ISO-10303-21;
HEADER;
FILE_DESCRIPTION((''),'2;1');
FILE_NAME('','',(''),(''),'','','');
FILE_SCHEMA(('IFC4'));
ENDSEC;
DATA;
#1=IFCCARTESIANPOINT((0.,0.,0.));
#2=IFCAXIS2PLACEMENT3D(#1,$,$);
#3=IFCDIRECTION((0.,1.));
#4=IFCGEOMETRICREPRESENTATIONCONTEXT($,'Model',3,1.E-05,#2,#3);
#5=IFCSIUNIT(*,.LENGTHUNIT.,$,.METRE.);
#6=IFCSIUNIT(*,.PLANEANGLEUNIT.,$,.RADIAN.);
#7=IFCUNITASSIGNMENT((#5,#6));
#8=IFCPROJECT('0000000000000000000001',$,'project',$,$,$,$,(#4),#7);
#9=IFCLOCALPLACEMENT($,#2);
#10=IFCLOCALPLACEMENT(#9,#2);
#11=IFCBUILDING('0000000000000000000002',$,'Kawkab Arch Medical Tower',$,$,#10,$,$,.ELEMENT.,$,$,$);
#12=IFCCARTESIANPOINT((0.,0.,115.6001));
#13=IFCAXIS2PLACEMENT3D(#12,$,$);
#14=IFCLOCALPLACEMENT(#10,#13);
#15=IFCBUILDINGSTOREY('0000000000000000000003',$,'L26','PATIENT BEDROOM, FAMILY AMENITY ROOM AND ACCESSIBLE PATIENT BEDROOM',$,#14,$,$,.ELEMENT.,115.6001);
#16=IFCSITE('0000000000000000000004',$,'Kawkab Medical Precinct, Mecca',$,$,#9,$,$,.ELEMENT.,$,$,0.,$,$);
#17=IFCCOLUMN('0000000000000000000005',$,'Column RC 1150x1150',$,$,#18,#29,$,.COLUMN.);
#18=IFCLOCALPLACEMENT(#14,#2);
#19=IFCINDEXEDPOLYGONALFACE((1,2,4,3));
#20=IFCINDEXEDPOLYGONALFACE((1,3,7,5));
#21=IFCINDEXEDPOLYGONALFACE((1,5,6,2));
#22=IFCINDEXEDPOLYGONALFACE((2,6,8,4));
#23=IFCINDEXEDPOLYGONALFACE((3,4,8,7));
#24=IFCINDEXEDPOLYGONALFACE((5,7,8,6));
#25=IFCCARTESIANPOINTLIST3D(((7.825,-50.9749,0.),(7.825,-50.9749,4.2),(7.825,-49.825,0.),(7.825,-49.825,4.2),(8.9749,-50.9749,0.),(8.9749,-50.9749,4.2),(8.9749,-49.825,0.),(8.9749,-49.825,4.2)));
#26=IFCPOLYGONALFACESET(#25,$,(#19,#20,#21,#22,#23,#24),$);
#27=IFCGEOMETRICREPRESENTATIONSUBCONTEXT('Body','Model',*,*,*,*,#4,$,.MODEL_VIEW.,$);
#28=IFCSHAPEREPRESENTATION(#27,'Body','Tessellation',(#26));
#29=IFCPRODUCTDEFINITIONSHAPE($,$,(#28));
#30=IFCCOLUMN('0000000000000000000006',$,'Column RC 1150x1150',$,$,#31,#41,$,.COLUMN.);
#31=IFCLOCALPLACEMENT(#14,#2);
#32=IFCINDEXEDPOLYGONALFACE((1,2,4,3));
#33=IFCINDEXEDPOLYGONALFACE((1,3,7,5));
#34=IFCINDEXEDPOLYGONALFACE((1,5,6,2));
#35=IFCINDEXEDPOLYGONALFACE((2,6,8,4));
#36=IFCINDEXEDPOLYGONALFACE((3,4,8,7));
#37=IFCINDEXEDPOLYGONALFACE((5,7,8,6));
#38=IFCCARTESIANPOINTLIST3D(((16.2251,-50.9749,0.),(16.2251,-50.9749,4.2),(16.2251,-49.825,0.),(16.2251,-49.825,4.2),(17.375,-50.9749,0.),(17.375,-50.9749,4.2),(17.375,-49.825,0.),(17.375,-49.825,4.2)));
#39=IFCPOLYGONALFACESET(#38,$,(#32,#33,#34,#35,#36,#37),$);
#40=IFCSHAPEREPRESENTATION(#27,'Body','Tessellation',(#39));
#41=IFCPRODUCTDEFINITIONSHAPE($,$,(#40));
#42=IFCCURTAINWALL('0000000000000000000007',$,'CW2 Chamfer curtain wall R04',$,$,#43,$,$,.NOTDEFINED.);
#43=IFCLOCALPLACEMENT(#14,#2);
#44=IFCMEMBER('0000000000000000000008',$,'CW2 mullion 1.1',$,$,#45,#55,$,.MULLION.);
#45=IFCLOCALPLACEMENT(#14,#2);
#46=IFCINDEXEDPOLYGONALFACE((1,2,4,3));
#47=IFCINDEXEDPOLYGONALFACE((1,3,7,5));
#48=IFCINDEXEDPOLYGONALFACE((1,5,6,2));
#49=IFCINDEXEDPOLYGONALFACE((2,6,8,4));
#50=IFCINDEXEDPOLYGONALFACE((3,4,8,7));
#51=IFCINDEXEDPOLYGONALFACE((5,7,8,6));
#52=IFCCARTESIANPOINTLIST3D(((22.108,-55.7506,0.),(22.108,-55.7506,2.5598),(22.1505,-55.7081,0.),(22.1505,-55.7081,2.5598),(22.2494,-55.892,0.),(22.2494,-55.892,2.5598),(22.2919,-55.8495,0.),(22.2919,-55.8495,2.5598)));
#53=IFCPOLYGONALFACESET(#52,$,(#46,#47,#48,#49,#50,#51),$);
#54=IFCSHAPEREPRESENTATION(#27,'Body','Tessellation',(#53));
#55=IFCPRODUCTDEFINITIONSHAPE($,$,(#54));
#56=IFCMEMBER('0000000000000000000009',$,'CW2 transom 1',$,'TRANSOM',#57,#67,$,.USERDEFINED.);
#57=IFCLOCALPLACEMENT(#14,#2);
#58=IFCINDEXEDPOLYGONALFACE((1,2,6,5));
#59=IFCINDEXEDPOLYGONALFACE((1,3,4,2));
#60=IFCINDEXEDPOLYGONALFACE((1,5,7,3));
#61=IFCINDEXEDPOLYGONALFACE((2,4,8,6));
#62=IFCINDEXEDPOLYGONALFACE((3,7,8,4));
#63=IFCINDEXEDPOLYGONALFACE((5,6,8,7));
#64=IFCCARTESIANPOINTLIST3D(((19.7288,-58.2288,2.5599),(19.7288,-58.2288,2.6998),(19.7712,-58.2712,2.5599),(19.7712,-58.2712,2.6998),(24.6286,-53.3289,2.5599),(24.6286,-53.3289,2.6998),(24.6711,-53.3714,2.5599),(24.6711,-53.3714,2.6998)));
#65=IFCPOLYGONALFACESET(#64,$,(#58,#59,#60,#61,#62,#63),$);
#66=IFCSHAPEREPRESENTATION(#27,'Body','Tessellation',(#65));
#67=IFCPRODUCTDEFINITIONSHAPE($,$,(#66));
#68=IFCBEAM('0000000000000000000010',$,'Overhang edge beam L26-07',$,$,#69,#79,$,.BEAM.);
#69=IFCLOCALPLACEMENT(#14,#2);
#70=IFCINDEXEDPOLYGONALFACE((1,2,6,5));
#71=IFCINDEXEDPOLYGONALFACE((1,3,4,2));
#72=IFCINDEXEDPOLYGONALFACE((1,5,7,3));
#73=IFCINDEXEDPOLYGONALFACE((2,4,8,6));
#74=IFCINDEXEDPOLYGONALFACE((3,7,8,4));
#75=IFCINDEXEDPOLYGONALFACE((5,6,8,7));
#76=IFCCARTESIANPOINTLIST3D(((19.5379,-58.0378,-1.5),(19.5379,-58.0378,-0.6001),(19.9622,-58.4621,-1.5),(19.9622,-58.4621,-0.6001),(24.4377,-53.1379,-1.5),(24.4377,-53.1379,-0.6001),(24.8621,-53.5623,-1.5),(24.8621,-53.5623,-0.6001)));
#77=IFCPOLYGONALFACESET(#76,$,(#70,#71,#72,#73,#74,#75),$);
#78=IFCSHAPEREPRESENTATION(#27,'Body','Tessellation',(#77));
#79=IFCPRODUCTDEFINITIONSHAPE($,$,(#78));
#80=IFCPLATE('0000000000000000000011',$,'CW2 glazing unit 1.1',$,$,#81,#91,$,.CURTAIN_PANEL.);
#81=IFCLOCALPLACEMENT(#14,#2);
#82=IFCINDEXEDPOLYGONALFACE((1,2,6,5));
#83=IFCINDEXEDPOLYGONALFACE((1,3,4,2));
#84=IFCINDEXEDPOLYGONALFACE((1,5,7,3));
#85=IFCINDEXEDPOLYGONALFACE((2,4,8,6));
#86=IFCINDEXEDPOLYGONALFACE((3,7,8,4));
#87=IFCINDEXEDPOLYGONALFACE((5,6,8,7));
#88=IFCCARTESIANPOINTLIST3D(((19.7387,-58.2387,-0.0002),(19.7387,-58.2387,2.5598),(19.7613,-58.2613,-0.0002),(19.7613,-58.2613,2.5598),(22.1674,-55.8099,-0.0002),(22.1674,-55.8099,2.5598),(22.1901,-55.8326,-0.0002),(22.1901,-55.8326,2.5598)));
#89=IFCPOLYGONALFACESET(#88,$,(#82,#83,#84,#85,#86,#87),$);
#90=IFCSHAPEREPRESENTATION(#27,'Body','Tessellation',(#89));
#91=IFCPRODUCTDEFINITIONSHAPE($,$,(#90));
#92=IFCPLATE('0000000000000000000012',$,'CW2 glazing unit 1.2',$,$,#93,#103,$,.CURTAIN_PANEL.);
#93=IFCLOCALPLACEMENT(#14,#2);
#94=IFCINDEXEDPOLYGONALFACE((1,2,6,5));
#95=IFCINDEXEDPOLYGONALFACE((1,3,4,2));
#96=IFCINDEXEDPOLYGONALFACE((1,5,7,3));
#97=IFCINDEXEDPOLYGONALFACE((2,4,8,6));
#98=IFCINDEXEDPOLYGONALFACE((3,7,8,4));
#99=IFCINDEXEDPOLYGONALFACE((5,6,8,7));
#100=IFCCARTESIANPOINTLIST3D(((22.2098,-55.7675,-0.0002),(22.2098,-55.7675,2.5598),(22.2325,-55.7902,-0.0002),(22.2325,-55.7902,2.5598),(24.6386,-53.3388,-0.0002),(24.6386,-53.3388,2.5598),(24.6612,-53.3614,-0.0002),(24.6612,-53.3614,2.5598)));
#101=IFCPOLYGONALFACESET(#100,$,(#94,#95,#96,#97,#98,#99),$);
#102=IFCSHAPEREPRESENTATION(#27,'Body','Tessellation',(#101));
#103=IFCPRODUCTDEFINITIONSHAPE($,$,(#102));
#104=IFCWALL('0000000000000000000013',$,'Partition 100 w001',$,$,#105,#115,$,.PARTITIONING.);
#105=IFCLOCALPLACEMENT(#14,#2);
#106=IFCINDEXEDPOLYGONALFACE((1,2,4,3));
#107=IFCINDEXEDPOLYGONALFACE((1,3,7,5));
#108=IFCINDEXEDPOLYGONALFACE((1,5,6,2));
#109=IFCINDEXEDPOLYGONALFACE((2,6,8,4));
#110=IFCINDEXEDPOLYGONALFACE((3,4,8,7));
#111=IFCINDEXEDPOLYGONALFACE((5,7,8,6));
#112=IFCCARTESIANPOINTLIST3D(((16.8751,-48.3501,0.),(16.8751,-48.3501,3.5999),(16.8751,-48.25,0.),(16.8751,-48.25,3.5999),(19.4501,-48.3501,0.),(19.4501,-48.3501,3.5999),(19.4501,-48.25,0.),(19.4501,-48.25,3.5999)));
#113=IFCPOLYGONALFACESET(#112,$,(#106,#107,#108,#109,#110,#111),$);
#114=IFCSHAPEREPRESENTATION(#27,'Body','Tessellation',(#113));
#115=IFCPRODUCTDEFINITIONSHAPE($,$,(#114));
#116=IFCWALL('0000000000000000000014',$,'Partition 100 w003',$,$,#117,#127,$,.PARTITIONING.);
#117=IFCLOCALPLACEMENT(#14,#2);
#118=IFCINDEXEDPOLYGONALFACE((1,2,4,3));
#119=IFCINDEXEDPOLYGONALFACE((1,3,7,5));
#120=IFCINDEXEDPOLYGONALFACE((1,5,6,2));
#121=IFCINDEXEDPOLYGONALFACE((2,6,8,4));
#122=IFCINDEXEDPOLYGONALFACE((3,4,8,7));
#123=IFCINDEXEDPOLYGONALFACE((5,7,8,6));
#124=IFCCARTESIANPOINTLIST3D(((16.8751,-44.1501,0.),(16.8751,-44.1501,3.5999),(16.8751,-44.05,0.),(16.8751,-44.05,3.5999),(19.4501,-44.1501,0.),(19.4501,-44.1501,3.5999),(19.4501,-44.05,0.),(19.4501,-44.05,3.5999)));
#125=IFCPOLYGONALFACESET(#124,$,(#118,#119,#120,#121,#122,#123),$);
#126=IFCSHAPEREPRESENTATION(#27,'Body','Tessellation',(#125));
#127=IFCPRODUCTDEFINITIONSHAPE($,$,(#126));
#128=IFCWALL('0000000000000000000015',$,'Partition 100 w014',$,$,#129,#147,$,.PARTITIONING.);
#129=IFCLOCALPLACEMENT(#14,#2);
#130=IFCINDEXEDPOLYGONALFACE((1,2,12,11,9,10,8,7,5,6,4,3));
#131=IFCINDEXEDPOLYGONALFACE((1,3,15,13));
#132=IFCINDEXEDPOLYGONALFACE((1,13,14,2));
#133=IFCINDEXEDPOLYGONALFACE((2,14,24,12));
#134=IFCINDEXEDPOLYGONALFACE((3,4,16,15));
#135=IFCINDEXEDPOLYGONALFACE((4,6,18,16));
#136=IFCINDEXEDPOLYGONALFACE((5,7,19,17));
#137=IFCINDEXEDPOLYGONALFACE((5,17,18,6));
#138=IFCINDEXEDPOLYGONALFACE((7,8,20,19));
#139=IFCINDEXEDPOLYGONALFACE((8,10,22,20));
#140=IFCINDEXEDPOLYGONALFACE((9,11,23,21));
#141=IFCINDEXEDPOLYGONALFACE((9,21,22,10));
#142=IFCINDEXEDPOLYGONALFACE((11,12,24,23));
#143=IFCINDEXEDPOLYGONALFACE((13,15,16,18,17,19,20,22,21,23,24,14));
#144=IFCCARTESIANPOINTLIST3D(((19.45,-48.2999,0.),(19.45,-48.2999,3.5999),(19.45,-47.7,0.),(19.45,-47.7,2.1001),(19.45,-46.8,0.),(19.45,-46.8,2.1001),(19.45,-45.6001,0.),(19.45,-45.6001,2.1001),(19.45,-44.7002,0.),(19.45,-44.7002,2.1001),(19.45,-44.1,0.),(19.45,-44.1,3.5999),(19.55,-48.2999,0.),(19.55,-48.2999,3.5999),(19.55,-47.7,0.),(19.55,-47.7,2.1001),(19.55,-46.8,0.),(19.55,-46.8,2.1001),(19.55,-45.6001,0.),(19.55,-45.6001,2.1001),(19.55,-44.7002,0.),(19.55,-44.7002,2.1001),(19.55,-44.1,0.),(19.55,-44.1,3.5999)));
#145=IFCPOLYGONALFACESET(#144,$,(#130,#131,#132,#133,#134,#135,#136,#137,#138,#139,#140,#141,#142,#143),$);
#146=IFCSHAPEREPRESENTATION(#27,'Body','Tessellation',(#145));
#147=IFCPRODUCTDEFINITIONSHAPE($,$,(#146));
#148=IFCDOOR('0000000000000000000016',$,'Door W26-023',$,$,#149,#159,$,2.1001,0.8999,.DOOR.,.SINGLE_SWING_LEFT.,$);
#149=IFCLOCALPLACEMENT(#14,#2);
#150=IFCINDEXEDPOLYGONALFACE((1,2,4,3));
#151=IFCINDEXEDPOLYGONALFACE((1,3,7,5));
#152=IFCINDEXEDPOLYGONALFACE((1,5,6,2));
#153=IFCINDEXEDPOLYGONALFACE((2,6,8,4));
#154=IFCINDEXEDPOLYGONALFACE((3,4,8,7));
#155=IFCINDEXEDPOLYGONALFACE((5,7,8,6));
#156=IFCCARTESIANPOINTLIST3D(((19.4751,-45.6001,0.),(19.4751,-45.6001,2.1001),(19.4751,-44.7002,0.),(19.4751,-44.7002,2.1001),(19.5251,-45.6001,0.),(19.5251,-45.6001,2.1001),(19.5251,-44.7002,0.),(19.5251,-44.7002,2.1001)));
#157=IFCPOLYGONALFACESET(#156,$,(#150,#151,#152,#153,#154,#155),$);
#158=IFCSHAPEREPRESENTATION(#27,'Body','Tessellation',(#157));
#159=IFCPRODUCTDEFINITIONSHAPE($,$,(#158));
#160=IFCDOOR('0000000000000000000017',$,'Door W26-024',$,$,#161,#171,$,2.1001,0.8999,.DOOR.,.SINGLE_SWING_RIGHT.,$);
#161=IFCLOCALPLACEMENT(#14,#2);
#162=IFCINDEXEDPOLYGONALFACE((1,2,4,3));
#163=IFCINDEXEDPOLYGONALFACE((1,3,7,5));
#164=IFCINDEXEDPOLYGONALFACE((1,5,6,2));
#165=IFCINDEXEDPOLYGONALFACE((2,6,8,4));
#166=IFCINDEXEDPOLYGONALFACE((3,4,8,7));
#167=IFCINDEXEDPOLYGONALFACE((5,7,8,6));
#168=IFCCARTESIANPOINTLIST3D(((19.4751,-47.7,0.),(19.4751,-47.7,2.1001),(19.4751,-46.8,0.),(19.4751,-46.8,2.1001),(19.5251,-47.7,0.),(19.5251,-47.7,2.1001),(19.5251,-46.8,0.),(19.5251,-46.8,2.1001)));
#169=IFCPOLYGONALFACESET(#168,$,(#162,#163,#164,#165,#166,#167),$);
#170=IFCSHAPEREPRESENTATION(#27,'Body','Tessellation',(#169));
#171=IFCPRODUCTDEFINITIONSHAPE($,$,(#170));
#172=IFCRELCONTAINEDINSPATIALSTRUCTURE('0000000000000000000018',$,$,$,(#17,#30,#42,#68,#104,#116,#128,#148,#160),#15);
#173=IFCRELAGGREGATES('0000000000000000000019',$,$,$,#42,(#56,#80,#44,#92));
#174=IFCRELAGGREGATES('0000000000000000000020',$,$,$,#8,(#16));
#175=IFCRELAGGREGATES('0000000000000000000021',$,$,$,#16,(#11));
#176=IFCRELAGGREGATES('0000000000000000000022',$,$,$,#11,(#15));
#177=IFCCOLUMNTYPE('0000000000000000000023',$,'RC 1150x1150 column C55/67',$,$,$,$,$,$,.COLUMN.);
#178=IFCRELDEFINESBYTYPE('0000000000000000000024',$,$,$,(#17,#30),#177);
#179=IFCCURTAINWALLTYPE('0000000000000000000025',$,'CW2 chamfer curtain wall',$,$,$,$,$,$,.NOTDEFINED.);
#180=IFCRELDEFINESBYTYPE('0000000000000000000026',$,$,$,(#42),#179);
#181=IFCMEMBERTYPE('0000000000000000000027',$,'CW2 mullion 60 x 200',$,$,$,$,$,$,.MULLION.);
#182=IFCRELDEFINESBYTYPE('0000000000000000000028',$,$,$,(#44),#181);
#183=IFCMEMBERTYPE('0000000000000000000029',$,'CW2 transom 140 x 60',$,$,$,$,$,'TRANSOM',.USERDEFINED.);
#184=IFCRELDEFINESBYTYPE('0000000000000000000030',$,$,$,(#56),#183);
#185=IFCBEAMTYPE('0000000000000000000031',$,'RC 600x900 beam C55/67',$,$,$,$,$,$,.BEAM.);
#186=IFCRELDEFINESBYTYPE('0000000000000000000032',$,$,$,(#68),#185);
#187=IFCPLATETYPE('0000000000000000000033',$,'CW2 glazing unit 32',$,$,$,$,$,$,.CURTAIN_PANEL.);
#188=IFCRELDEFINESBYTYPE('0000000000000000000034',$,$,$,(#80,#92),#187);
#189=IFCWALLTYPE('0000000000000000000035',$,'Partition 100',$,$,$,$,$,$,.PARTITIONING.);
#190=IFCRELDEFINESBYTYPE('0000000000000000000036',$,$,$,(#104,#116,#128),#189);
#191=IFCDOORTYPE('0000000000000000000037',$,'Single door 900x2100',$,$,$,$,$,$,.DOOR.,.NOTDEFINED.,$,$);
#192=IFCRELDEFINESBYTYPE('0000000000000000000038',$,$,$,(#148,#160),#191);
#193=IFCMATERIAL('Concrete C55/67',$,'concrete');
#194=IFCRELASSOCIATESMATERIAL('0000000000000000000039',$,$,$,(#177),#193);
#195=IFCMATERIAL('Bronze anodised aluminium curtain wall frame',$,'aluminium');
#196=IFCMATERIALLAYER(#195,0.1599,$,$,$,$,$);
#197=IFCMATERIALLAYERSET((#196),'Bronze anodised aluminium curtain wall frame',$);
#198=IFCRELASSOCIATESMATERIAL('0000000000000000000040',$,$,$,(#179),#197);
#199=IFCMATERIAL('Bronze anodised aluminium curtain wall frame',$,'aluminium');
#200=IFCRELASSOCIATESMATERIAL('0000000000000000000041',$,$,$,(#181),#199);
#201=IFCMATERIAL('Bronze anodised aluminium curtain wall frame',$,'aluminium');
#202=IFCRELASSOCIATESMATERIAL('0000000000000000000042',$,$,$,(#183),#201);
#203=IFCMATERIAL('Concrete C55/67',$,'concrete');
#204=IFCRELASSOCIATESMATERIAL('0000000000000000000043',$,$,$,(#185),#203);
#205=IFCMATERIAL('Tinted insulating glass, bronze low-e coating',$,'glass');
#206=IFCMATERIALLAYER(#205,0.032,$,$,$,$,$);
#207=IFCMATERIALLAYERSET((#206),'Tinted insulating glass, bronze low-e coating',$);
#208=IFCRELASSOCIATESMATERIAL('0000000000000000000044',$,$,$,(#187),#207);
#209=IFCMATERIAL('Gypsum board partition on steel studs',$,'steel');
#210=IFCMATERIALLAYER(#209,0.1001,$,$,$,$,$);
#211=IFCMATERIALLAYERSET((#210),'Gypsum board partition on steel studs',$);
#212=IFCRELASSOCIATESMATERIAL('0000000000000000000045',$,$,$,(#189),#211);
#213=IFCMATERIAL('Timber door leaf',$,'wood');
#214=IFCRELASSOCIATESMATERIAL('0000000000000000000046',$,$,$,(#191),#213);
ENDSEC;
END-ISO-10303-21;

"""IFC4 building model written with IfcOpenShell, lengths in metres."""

from ifc_helpers import new_model, si_unit, direction, frame, frame_2d, origin, origin_2d, place, context, subcontext, project, spatial, rectangle, extrude, material, layer, layer_set, material_profile, profile_set, type_object, element, fill, aggregate, save


model = new_model("IFC4")

# Units and contexts
model_context = context("Model", 3, precision=1e-05, world=origin(), true_north=direction((0.0, 1.0)))
body_context = subcontext(model_context, "Body", "Model", "MODEL_VIEW")
ifc_project = project(units=[si_unit("LENGTHUNIT", "METRE"), si_unit("PLANEANGLEUNIT", "RADIAN")], contexts=[model_context])

# Site, building, storey
site_placement = place(None, origin())
site = spatial("IfcSite", under=ifc_project, at=site_placement, Name="Kawkab Medical Precinct, Mecca", CompositionType="ELEMENT", RefElevation=0.0)
building_placement = place(site_placement, origin())
building = spatial("IfcBuilding", under=site, at=building_placement, Name="Kawkab Arch Medical Tower", CompositionType="ELEMENT")
storey_placement = place(building_placement, frame((0.0, 0.0, 115.6001)))
storey = spatial("IfcBuildingStorey", under=building, at=storey_placement, Name="L26", Description="PATIENT BEDROOM, FAMILY AMENITY ROOM AND ACCESSIBLE PATIENT BEDROOM", CompositionType="ELEMENT", Elevation=115.6001)

# Columns
ifc_material_1 = material(Name="Concrete C55/67", Category="concrete")
ifc_material_profile_1 = material_profile(ifc_material_1, rectangle(XDim=1.1499, YDim=1.1499, at=origin_2d()), Name="RC 1150x1150")
ifc_profile_set_1 = profile_set([ifc_material_profile_1], Name="Concrete C55/67")
column_type = type_object("IfcColumnType", Name="RC 1150x1150 column C55/67", PredefinedType="COLUMN", material=ifc_profile_set_1)
for number, where, z_axis, x_axis, name in (
    (1, (8.3999, -50.3999, 0.0), (0.0, 0.0, 1.0), (1.0, 0.0, 0.0), "Column RC 1150x1150"),
    (2, (16.8, -50.3999, 0.0), (0.0, 0.0, 1.0), (1.0, 0.0, 0.0), "Column RC 1150x1150"),
):
    element("IfcColumn", number, at=place(storey_placement, frame(where, z_axis=z_axis, x_axis=x_axis)), inside=storey, type_object=column_type, Name=name, PredefinedType="COLUMN", context=body_context, shape_type="SweptSolid", body=[
        extrude(rectangle(XDim=1.1499, YDim=1.1499, at=origin_2d()), origin(), (0.0, 0.0, 1.0), 4.2),
    ])

# Curtain wall, members
ifc_material_2 = material(Name="Bronze anodised aluminium curtain wall frame", Category="aluminium")
ifc_layer_1 = layer(ifc_material_2, 0.1599)
ifc_layer_set_1 = layer_set([ifc_layer_1], Name="Bronze anodised aluminium curtain wall frame")
curtain_wall_type = type_object("IfcCurtainWallType", Name="CW2 chamfer curtain wall", PredefinedType="NOTDEFINED", material=ifc_layer_set_1)
curtain_wall_placement = place(storey_placement, origin())
curtain_wall = element("IfcCurtainWall", 3, at=curtain_wall_placement, inside=storey, type_object=curtain_wall_type, Name="CW2 Chamfer curtain wall R04", PredefinedType="NOTDEFINED")
ifc_material_3 = material(Name="Bronze anodised aluminium curtain wall frame", Category="aluminium")
ifc_material_profile_2 = material_profile(ifc_material_3, rectangle(XDim=0.2, YDim=0.0601, at=origin_2d()), Name="AL 60x200")
ifc_profile_set_2 = profile_set([ifc_material_profile_2], Name="Bronze anodised aluminium curtain wall frame")
member_type_1 = type_object("IfcMemberType", Name="CW2 mullion 60 x 200", PredefinedType="MULLION", material=ifc_profile_set_2)
member_1_placement = place(storey_placement, frame((22.2, -55.8, 0.0), z_axis=(0.0, 0.0, 1.0), x_axis=(-0.707107, 0.707107, 0.0)))
member_1 = element("IfcMember", 4, at=member_1_placement, type_object=member_type_1, Name="CW2 mullion 1.1", PredefinedType="MULLION", context=body_context, shape_type="SweptSolid", body=[
    extrude(rectangle(XDim=0.2, YDim=0.0601, at=origin_2d()), origin(), (0.0, 0.0, 1.0), 2.5598),
])
ifc_material_4 = material(Name="Bronze anodised aluminium curtain wall frame", Category="aluminium")
ifc_material_profile_3 = material_profile(ifc_material_4, rectangle(XDim=0.0601, YDim=0.1399, at=origin_2d()), Name="AL 60x140")
ifc_profile_set_3 = profile_set([ifc_material_profile_3], Name="Bronze anodised aluminium curtain wall frame")
member_type_2 = type_object("IfcMemberType", Name="CW2 transom 140 x 60", ElementType="TRANSOM", PredefinedType="USERDEFINED", material=ifc_profile_set_3)
member_2_placement = place(storey_placement, frame((19.75, -58.25, 2.6299), z_axis=(0.707107, 0.707107, 0.0), x_axis=(-0.707107, 0.707107, 0.0)))
member_2 = element("IfcMember", 5, at=member_2_placement, type_object=member_type_2, Name="CW2 transom 1", ObjectType="TRANSOM", PredefinedType="USERDEFINED", context=body_context, shape_type="SweptSolid", body=[
    extrude(rectangle(XDim=0.0601, YDim=0.1399, at=origin_2d()), origin(), (0.0, 0.0, 1.0), 6.9294),
])

# Beam
ifc_material_5 = material(Name="Concrete C55/67", Category="concrete")
ifc_material_profile_4 = material_profile(ifc_material_5, rectangle(XDim=0.6001, YDim=0.8999, at=origin_2d()), Name="RC 600x900")
ifc_profile_set_4 = profile_set([ifc_material_profile_4], Name="Concrete C55/67")
beam_type = type_object("IfcBeamType", Name="RC 600x900 beam C55/67", PredefinedType="BEAM", material=ifc_profile_set_4)
beam_placement = place(storey_placement, frame((24.6499, -53.3501, -1.05), z_axis=(-0.707107, -0.707107, 0.0), x_axis=(0.707107, -0.707107, 0.0)))
element("IfcBeam", 6, at=beam_placement, inside=storey, type_object=beam_type, Name="Overhang edge beam L26-07", PredefinedType="BEAM", context=body_context, shape_type="SweptSolid", body=[
    extrude(rectangle(XDim=0.6001, YDim=0.8999, at=origin_2d()), origin(), (0.0, 0.0, 1.0), 6.9294),
])

# Plates
ifc_material_6 = material(Name="Tinted insulating glass, bronze low-e coating", Category="glass")
ifc_layer_2 = layer(ifc_material_6, 0.032)
ifc_layer_set_2 = layer_set([ifc_layer_2], Name="Tinted insulating glass, bronze low-e coating")
plate_type = type_object("IfcPlateType", Name="CW2 glazing unit 32", PredefinedType="CURTAIN_PANEL", material=ifc_layer_set_2)
plate_1_placement = place(storey_placement, frame((20.9644, -57.0356, -0.0002), z_axis=(0.0, 0.0, 1.0), x_axis=(0.707107, 0.707107, 0.0)))
plate_1 = element("IfcPlate", 7, at=plate_1_placement, type_object=plate_type, Name="CW2 glazing unit 1.1", PredefinedType="CURTAIN_PANEL", context=body_context, shape_type="SweptSolid", body=[
    extrude(rectangle(XDim=3.4348, YDim=0.032, at=origin_2d()), origin(), (0.0, 0.0, 1.0), 2.5601),
])
plate_2_placement = place(storey_placement, frame((23.4355, -54.5645, -0.0002), z_axis=(0.0, 0.0, 1.0), x_axis=(0.707107, 0.707107, 0.0)))
plate_2 = element("IfcPlate", 8, at=plate_2_placement, type_object=plate_type, Name="CW2 glazing unit 1.2", PredefinedType="CURTAIN_PANEL", context=body_context, shape_type="SweptSolid", body=[
    extrude(rectangle(XDim=3.4348, YDim=0.032, at=origin_2d()), origin(), (0.0, 0.0, 1.0), 2.5601),
])
aggregate(curtain_wall, [member_2, plate_1, member_1, plate_2])

# Walls
ifc_material_7 = material(Name="Gypsum board partition on steel studs", Category="steel")
ifc_layer_3 = layer(ifc_material_7, 0.1001)
ifc_layer_set_3 = layer_set([ifc_layer_3], Name="Gypsum board partition on steel studs")
wall_type_1 = type_object("IfcWallType", Name="Partition 100", PredefinedType="PARTITIONING", material=ifc_layer_set_3)
for number, where, z_axis, x_axis, name in (
    (9, (16.875, -48.3, 0.0), (0.0, 0.0, 1.0), (1.0, 0.0, 0.0), "Partition 100 w001"),
    (10, (16.875, -44.1001, 0.0), (0.0, 0.0, 1.0), (1.0, 0.0, 0.0), "Partition 100 w003"),
):
    element("IfcWall", number, at=place(storey_placement, frame(where, z_axis=z_axis, x_axis=x_axis)), inside=storey, type_object=wall_type_1, Name=name, PredefinedType="PARTITIONING", context=body_context, shape_type="SweptSolid", body=[
        extrude(rectangle(XDim=2.575, YDim=0.1001, at=frame_2d((1.2876, 0.0))), origin(), (0.0, 0.0, 1.0), 3.5999),
    ])

# Wall, openings, doors
wall_1_placement = place(storey_placement, frame((19.5, -48.3, 0.0), z_axis=(0.0, 0.0, 1.0), x_axis=(0.0, 1.0, 0.0)))
wall_1 = element("IfcWall", 11, at=wall_1_placement, inside=storey, type_object=wall_type_1, Name="Partition 100 w014", PredefinedType="PARTITIONING", context=body_context, shape_type="SweptSolid", body=[
    extrude(rectangle(XDim=4.2, YDim=0.1001, at=frame_2d((2.1001, 0.0))), origin(), (0.0, 0.0, 1.0), 3.5999),
])
opening_1_placement = place(wall_1_placement, frame((2.7, 0.0, 0.0)))
opening_1 = element("IfcOpeningElement", 12, at=opening_1_placement, cuts=wall_1, PredefinedType="OPENING", context=body_context, shape_type="SweptSolid", body=[
    extrude(rectangle(XDim=0.8999, YDim=2.1001, at=frame_2d((0.45, 1.05))), frame((0.0, 0.0601, 0.0), z_axis=(0.0, -1.0, 0.0), x_axis=(1.0, 0.0, 0.0)), (0.0, 0.0, 1.0), 0.1201),
])
opening_2_placement = place(wall_1_placement, frame((0.6001, 0.0, 0.0)))
opening_2 = element("IfcOpeningElement", 13, at=opening_2_placement, cuts=wall_1, PredefinedType="OPENING", context=body_context, shape_type="SweptSolid", body=[
    extrude(rectangle(XDim=0.8999, YDim=2.1001, at=frame_2d((0.45, 1.05))), frame((0.0, 0.0601, 0.0), z_axis=(0.0, -1.0, 0.0), x_axis=(1.0, 0.0, 0.0)), (0.0, 0.0, 1.0), 0.1201),
])
ifc_material_8 = material(Name="Timber door leaf", Category="wood")
door_type_1 = type_object("IfcDoorType", Name="Single door 900x2100", OperationType="NOTDEFINED", PredefinedType="DOOR", material=ifc_material_8)
door_1_placement = place(opening_1_placement, origin())
door_1 = element("IfcDoor", 14, at=door_1_placement, inside=storey, type_object=door_type_1, Name="Door W26-023", OperationType="SINGLE_SWING_LEFT", OverallHeight=2.1001, OverallWidth=0.8999, PredefinedType="DOOR", context=body_context, shape_type="SweptSolid", body=[
    extrude(rectangle(XDim=0.8999, YDim=2.1001, at=frame_2d((0.45, 1.05))), frame((0.0, 0.0249, 0.0), z_axis=(0.0, -1.0, 0.0), x_axis=(1.0, 0.0, 0.0)), (0.0, 0.0, 1.0), 0.05),
])
fill(opening_1, door_1)
door_2_placement = place(opening_2_placement, origin())
door_2 = element("IfcDoor", 15, at=door_2_placement, inside=storey, type_object=door_type_1, Name="Door W26-024", OperationType="SINGLE_SWING_RIGHT", OverallHeight=2.1001, OverallWidth=0.8999, PredefinedType="DOOR", context=body_context, shape_type="SweptSolid", body=[
    extrude(rectangle(XDim=0.8999, YDim=2.1001, at=frame_2d((0.45, 1.05))), frame((0.0, 0.0249, 0.0), z_axis=(0.0, -1.0, 0.0), x_axis=(1.0, 0.0, 0.0)), (0.0, 0.0, 1.0), 0.05),
])
fill(opening_2, door_2)

save(model, "model.ifc")
